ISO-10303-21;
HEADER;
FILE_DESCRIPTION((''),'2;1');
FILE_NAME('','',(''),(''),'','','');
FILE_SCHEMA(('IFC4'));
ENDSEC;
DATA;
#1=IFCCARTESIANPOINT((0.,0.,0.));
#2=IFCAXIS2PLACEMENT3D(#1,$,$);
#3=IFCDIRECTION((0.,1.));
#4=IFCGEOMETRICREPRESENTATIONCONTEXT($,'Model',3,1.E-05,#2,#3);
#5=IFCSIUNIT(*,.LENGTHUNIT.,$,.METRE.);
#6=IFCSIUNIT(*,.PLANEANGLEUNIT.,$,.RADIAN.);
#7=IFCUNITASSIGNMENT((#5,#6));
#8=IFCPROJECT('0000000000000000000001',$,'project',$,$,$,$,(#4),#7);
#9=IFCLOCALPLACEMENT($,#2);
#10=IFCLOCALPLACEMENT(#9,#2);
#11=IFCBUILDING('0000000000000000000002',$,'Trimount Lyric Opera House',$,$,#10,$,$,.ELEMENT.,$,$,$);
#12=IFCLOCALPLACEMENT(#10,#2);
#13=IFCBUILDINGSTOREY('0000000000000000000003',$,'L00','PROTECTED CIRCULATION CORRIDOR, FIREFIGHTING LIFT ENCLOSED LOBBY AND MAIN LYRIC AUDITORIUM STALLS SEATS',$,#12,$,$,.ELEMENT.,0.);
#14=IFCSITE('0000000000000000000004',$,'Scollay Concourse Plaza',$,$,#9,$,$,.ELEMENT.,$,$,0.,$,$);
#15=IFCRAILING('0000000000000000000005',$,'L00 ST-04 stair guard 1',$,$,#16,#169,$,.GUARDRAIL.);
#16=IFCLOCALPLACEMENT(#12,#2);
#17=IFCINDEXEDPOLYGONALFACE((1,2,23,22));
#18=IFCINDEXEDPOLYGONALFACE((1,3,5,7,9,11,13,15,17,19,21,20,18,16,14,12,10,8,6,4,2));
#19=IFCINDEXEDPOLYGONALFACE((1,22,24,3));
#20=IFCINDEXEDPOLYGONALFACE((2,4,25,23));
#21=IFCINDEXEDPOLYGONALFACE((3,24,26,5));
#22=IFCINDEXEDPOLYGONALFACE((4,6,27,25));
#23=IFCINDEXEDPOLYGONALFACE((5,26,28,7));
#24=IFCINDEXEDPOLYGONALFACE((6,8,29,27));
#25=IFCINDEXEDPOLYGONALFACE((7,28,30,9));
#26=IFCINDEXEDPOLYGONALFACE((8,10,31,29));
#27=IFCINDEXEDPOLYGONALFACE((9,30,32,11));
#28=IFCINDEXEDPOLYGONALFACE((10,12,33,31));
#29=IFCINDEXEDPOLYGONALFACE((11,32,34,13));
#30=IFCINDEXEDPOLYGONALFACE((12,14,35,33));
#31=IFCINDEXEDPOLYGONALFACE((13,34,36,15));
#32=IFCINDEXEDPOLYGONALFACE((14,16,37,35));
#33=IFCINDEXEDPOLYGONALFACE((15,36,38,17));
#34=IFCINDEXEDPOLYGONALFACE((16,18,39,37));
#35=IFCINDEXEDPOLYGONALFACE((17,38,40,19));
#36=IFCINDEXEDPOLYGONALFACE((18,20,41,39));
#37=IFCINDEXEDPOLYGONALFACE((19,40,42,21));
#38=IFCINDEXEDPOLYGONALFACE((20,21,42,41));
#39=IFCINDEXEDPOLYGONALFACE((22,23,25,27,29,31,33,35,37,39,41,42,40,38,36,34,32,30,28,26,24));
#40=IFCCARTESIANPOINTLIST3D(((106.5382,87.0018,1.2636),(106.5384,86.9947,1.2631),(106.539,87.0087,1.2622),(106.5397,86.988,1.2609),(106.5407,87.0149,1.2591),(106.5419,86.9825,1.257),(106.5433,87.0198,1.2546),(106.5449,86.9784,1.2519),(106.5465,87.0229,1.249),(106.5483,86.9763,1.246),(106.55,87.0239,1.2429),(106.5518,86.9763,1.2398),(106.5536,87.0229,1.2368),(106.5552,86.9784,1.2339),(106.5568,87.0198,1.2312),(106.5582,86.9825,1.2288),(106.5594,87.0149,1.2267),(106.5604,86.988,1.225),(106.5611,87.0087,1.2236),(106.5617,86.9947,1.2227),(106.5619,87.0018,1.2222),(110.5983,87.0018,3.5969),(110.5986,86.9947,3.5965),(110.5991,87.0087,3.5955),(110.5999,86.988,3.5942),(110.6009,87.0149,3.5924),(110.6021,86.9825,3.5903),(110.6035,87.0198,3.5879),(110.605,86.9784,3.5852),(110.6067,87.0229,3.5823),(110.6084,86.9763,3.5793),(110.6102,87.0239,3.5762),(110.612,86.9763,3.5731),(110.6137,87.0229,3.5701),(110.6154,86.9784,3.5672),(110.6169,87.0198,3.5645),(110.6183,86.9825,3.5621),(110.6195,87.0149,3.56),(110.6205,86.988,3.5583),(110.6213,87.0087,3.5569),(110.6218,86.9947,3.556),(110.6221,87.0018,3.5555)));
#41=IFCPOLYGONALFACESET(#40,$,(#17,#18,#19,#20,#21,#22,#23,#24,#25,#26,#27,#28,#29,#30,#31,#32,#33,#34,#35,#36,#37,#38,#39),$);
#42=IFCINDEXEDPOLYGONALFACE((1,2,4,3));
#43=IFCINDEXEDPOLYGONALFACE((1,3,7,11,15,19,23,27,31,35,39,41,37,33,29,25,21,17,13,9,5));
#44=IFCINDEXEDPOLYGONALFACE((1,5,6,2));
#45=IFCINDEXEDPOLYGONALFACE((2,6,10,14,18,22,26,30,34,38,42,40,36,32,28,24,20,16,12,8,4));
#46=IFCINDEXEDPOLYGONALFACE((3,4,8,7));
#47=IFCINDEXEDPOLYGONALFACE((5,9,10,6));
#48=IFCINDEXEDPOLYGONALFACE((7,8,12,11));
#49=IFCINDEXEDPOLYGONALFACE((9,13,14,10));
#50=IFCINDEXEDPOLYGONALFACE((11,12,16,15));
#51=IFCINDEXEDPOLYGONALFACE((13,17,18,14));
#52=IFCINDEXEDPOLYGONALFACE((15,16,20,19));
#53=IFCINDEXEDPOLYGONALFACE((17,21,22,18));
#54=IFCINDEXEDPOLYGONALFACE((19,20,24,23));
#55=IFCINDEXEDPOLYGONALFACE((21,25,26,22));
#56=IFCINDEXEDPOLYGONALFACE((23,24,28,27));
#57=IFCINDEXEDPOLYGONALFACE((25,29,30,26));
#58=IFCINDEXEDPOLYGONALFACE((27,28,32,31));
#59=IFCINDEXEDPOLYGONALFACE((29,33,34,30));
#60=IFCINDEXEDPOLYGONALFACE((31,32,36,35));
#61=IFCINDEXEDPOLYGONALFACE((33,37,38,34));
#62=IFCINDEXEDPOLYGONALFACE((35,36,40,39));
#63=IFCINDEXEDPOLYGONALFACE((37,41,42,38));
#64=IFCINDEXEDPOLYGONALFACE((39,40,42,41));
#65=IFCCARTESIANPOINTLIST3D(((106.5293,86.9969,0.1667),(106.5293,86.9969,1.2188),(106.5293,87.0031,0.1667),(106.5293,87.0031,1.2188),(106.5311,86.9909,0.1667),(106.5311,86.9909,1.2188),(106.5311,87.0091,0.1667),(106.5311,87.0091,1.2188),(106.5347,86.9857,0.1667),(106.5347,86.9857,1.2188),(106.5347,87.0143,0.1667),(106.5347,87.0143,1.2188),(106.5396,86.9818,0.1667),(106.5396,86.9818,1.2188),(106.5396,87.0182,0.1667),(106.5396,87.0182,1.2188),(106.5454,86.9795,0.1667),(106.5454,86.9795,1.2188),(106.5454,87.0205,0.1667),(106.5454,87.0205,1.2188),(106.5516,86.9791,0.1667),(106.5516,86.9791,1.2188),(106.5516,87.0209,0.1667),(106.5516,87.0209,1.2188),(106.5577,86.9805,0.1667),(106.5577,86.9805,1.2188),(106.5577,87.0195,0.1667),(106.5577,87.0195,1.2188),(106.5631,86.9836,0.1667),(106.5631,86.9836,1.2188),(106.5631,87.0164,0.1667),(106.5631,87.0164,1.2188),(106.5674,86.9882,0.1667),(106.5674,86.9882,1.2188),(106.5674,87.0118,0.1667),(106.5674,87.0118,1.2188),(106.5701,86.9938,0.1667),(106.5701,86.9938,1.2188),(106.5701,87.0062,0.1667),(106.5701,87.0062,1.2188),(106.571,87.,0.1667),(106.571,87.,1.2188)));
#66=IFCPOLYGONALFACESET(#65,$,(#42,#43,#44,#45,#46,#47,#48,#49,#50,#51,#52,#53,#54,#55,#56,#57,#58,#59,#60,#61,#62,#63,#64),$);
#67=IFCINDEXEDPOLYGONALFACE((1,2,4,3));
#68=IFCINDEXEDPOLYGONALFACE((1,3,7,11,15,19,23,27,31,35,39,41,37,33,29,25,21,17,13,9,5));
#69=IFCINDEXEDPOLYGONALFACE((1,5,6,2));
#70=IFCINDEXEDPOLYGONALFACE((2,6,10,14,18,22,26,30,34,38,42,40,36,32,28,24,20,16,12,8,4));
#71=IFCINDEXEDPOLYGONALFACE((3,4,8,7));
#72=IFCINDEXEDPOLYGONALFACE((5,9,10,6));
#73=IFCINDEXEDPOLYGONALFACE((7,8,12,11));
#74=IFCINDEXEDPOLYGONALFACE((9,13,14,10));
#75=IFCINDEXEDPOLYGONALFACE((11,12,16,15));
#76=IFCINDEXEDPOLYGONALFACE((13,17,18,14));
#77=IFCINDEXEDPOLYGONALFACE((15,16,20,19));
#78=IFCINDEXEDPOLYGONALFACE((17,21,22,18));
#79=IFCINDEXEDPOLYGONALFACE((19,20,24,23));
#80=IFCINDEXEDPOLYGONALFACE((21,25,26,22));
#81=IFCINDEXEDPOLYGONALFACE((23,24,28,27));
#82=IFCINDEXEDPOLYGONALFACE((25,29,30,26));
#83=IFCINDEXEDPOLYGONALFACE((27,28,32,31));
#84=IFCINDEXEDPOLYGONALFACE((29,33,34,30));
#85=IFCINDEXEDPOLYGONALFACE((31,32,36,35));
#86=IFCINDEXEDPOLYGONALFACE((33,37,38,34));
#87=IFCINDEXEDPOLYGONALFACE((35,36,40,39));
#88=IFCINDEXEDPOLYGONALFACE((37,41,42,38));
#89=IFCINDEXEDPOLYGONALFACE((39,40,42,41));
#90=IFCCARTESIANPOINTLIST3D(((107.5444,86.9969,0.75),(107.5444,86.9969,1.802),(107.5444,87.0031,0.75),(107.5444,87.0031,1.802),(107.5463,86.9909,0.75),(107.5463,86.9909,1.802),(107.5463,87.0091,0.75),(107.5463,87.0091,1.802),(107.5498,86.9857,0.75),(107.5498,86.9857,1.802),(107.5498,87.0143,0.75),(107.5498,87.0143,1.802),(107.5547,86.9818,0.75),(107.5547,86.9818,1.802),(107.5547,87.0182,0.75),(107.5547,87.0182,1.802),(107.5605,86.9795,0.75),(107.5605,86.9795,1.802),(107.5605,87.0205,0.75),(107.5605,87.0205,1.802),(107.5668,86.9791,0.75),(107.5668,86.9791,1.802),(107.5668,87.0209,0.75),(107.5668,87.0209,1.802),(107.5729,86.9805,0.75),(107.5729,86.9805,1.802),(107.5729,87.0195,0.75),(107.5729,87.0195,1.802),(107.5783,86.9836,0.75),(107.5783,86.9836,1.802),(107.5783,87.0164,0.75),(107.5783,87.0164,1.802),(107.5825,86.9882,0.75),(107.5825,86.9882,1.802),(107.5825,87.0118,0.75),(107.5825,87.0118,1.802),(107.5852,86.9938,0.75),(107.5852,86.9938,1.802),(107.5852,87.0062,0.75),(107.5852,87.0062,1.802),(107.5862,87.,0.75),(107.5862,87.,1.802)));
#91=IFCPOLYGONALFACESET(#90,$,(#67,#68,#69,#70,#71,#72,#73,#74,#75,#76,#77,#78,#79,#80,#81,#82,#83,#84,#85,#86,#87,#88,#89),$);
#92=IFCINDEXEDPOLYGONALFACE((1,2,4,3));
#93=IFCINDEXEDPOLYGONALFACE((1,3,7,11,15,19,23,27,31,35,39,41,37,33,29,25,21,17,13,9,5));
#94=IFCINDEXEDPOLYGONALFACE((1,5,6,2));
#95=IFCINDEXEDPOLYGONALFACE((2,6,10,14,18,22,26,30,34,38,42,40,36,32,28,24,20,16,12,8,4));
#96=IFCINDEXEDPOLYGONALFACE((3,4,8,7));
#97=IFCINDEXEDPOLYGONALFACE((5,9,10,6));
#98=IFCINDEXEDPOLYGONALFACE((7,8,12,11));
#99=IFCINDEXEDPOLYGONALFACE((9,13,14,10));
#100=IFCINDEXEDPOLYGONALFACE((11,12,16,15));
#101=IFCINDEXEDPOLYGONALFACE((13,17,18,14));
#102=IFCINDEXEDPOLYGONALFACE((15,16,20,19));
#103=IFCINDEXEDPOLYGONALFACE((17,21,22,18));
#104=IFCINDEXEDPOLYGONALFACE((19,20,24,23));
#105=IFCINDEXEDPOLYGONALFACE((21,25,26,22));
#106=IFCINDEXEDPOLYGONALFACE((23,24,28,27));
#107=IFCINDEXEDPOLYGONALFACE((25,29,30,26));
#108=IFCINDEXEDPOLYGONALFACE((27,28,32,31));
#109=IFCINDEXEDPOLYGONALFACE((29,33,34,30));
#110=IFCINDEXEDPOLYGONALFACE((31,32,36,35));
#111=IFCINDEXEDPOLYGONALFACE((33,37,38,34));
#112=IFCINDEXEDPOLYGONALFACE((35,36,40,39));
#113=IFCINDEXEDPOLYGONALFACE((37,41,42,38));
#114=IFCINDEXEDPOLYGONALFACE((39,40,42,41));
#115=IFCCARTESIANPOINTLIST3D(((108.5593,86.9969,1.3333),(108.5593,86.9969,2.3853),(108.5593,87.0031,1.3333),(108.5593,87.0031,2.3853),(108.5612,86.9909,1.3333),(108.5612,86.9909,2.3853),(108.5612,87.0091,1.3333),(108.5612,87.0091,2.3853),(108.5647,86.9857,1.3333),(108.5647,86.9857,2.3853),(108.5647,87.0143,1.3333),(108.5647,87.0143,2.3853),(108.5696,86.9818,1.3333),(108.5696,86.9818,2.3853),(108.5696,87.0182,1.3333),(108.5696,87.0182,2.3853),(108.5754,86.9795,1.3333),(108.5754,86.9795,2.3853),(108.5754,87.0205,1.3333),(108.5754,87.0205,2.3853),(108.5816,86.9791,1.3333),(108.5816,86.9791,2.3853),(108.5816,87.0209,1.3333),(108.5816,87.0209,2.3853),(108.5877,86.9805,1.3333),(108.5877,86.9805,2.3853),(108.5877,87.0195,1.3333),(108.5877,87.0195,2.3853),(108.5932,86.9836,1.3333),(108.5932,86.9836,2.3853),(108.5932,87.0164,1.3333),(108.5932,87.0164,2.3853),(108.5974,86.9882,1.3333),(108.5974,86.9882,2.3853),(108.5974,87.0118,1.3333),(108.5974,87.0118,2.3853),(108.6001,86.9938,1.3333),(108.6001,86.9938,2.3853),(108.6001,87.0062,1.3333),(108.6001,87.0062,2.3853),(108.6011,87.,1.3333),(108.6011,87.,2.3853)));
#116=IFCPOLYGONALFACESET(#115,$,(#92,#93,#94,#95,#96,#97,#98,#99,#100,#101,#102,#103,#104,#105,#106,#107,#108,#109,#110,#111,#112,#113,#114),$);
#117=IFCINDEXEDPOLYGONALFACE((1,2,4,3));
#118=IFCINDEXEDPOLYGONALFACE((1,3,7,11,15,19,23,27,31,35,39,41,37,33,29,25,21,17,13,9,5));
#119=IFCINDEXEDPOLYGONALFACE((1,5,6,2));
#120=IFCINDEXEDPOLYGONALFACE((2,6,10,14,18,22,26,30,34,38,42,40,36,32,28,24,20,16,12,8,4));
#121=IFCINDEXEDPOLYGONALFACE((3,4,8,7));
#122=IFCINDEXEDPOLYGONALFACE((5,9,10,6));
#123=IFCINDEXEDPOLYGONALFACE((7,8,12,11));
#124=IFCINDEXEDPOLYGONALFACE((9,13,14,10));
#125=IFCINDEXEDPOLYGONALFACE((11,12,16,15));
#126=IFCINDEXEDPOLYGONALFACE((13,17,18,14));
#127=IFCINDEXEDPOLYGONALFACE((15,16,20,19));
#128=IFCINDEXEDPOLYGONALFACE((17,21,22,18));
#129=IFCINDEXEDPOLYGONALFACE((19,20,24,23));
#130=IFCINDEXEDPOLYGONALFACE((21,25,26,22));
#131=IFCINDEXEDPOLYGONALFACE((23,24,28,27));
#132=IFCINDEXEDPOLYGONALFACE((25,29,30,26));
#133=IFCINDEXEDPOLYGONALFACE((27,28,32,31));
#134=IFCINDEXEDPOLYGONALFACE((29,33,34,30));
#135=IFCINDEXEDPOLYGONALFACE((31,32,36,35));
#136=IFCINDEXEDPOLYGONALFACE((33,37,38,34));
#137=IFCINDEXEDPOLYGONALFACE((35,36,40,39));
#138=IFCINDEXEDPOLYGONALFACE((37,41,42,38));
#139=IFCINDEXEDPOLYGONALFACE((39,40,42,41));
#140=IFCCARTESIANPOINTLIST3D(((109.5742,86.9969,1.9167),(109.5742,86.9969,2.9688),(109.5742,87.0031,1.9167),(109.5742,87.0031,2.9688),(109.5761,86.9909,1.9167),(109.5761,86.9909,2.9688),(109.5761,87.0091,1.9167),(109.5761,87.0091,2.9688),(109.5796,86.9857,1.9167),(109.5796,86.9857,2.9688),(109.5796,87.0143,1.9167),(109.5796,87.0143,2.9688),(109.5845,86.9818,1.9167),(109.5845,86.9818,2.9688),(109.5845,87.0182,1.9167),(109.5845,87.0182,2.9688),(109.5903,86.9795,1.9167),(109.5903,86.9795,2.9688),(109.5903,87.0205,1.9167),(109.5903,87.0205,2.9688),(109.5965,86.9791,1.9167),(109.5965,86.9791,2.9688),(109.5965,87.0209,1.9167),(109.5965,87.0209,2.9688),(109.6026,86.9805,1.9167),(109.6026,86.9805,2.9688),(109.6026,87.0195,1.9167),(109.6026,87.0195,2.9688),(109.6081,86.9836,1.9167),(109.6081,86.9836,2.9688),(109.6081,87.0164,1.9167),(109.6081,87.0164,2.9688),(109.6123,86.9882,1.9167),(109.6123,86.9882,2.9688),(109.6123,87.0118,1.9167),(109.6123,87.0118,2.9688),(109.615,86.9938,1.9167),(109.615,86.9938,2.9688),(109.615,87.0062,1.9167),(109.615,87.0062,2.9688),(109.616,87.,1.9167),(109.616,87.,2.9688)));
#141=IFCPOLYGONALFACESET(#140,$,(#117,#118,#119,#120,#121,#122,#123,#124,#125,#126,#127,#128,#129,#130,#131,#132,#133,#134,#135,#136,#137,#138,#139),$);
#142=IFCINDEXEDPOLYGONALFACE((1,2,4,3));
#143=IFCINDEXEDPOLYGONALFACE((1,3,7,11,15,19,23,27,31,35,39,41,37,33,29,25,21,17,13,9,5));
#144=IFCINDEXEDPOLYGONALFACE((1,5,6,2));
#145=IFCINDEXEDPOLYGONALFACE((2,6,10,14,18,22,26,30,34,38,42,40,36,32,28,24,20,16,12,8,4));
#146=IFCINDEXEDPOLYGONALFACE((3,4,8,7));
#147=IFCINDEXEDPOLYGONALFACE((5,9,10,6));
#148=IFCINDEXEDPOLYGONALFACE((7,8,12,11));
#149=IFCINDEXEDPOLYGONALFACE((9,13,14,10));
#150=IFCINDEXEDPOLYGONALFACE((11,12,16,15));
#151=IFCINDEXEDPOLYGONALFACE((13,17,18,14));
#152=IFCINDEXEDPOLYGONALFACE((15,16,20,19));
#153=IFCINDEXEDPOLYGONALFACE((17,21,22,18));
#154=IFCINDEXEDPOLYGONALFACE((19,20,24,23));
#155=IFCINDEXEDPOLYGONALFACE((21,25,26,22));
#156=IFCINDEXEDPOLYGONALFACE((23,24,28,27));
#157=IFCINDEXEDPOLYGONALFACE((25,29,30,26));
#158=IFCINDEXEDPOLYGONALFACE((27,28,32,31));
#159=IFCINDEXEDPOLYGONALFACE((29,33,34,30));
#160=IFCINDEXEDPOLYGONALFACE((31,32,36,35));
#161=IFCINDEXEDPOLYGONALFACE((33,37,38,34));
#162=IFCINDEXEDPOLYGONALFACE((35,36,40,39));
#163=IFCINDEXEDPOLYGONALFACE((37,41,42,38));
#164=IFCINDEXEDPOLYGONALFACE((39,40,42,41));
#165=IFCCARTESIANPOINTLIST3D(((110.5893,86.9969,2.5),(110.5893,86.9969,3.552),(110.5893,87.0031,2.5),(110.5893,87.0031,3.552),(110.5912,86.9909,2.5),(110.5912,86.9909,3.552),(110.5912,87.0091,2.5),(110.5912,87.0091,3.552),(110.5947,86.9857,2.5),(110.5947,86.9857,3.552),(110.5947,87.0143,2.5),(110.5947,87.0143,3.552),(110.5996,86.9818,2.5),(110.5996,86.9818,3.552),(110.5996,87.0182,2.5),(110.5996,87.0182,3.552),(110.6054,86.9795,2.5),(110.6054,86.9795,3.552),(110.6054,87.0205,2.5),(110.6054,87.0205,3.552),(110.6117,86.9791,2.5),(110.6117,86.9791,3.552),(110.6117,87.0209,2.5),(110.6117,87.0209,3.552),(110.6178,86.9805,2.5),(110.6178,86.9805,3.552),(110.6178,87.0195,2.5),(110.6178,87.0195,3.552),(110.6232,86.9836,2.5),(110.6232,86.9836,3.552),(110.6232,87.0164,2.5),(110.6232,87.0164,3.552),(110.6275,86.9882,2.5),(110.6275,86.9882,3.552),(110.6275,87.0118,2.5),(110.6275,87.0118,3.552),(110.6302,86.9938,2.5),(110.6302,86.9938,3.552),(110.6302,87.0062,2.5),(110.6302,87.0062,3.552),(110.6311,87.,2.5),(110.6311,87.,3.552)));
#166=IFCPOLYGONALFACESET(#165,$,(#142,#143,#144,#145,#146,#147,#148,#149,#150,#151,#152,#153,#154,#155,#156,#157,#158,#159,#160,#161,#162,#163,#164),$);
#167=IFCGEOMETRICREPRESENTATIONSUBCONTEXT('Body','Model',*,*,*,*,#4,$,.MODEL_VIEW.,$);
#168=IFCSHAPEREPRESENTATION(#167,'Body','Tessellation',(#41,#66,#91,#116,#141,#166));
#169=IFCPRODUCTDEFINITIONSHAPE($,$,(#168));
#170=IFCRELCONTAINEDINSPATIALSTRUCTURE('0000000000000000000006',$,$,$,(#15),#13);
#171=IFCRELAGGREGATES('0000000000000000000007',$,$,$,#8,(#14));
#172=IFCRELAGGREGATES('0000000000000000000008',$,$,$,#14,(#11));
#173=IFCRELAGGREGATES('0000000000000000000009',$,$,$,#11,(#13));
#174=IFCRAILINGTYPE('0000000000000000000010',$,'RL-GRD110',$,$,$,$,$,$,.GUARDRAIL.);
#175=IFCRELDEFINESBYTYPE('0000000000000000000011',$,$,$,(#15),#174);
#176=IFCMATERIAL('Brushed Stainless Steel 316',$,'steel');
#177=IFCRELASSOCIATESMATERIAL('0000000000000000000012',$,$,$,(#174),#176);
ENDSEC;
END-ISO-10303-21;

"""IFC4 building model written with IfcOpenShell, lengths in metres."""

from ifc_helpers import new_model, si_unit, direction, frame, origin, origin_2d, place, context, subcontext, project, spatial, circle, extrude, material, type_object, element, save


model = new_model("IFC4")

# Units and contexts
model_context = context("Model", 3, precision=1e-05, world=origin(), true_north=direction((0.0, 1.0)))
body_context = subcontext(model_context, "Body", "Model", "MODEL_VIEW")
ifc_project = project(units=[si_unit("LENGTHUNIT", "METRE"), si_unit("PLANEANGLEUNIT", "RADIAN")], contexts=[model_context])

# Site, building, storey
site_placement = place(None, origin())
site = spatial("IfcSite", under=ifc_project, at=site_placement, Name="Scollay Concourse Plaza", CompositionType="ELEMENT", RefElevation=0.0)
building_placement = place(site_placement, origin())
building = spatial("IfcBuilding", under=site, at=building_placement, Name="Trimount Lyric Opera House", CompositionType="ELEMENT")
storey_placement = place(building_placement, origin())
storey = spatial("IfcBuildingStorey", under=building, at=storey_placement, Name="L00", Description="PROTECTED CIRCULATION CORRIDOR, FIREFIGHTING LIFT ENCLOSED LOBBY AND MAIN LYRIC AUDITORIUM STALLS SEATS", CompositionType="ELEMENT", Elevation=0.0)

# Railing
ifc_material_1 = material(Name="Brushed Stainless Steel 316", Category="steel")
railing_type_1 = type_object("IfcRailingType", Name="RL-GRD110", PredefinedType="GUARDRAIL", material=ifc_material_1)
railing_1_placement = place(storey_placement, frame((106.55, 87.0, 0.1667)))
element("IfcRailing", 1, at=railing_1_placement, inside=storey, type_object=railing_type_1, Name="L00 ST-04 stair guard 1", PredefinedType="GUARDRAIL", context=body_context, shape_type="SweptSolid", body=[
    extrude(circle(Radius=0.0239, at=origin_2d()), frame((0.0, 0.0, 1.0762), z_axis=(0.867025, 0.0, 0.498265), x_axis=(0.0, 1.0, 0.0)), (0.0, 0.0, 1.0), 4.6829),
    extrude(circle(Radius=0.021, at=origin_2d()), origin(), (0.0, 0.0, 1.0), 1.052),
    extrude(circle(Radius=0.021, at=origin_2d()), frame((1.0151, 0.0, 0.5833)), (0.0, 0.0, 1.0), 1.052),
    extrude(circle(Radius=0.021, at=origin_2d()), frame((2.03, 0.0, 1.1665)), (0.0, 0.0, 1.0), 1.052),
    extrude(circle(Radius=0.021, at=origin_2d()), frame((3.0449, 0.0, 1.75)), (0.0, 0.0, 1.0), 1.052),
    extrude(circle(Radius=0.021, at=origin_2d()), frame((4.0601, 0.0, 2.3333)), (0.0, 0.0, 1.0), 1.052),
])

save(model, "model.ifc")
